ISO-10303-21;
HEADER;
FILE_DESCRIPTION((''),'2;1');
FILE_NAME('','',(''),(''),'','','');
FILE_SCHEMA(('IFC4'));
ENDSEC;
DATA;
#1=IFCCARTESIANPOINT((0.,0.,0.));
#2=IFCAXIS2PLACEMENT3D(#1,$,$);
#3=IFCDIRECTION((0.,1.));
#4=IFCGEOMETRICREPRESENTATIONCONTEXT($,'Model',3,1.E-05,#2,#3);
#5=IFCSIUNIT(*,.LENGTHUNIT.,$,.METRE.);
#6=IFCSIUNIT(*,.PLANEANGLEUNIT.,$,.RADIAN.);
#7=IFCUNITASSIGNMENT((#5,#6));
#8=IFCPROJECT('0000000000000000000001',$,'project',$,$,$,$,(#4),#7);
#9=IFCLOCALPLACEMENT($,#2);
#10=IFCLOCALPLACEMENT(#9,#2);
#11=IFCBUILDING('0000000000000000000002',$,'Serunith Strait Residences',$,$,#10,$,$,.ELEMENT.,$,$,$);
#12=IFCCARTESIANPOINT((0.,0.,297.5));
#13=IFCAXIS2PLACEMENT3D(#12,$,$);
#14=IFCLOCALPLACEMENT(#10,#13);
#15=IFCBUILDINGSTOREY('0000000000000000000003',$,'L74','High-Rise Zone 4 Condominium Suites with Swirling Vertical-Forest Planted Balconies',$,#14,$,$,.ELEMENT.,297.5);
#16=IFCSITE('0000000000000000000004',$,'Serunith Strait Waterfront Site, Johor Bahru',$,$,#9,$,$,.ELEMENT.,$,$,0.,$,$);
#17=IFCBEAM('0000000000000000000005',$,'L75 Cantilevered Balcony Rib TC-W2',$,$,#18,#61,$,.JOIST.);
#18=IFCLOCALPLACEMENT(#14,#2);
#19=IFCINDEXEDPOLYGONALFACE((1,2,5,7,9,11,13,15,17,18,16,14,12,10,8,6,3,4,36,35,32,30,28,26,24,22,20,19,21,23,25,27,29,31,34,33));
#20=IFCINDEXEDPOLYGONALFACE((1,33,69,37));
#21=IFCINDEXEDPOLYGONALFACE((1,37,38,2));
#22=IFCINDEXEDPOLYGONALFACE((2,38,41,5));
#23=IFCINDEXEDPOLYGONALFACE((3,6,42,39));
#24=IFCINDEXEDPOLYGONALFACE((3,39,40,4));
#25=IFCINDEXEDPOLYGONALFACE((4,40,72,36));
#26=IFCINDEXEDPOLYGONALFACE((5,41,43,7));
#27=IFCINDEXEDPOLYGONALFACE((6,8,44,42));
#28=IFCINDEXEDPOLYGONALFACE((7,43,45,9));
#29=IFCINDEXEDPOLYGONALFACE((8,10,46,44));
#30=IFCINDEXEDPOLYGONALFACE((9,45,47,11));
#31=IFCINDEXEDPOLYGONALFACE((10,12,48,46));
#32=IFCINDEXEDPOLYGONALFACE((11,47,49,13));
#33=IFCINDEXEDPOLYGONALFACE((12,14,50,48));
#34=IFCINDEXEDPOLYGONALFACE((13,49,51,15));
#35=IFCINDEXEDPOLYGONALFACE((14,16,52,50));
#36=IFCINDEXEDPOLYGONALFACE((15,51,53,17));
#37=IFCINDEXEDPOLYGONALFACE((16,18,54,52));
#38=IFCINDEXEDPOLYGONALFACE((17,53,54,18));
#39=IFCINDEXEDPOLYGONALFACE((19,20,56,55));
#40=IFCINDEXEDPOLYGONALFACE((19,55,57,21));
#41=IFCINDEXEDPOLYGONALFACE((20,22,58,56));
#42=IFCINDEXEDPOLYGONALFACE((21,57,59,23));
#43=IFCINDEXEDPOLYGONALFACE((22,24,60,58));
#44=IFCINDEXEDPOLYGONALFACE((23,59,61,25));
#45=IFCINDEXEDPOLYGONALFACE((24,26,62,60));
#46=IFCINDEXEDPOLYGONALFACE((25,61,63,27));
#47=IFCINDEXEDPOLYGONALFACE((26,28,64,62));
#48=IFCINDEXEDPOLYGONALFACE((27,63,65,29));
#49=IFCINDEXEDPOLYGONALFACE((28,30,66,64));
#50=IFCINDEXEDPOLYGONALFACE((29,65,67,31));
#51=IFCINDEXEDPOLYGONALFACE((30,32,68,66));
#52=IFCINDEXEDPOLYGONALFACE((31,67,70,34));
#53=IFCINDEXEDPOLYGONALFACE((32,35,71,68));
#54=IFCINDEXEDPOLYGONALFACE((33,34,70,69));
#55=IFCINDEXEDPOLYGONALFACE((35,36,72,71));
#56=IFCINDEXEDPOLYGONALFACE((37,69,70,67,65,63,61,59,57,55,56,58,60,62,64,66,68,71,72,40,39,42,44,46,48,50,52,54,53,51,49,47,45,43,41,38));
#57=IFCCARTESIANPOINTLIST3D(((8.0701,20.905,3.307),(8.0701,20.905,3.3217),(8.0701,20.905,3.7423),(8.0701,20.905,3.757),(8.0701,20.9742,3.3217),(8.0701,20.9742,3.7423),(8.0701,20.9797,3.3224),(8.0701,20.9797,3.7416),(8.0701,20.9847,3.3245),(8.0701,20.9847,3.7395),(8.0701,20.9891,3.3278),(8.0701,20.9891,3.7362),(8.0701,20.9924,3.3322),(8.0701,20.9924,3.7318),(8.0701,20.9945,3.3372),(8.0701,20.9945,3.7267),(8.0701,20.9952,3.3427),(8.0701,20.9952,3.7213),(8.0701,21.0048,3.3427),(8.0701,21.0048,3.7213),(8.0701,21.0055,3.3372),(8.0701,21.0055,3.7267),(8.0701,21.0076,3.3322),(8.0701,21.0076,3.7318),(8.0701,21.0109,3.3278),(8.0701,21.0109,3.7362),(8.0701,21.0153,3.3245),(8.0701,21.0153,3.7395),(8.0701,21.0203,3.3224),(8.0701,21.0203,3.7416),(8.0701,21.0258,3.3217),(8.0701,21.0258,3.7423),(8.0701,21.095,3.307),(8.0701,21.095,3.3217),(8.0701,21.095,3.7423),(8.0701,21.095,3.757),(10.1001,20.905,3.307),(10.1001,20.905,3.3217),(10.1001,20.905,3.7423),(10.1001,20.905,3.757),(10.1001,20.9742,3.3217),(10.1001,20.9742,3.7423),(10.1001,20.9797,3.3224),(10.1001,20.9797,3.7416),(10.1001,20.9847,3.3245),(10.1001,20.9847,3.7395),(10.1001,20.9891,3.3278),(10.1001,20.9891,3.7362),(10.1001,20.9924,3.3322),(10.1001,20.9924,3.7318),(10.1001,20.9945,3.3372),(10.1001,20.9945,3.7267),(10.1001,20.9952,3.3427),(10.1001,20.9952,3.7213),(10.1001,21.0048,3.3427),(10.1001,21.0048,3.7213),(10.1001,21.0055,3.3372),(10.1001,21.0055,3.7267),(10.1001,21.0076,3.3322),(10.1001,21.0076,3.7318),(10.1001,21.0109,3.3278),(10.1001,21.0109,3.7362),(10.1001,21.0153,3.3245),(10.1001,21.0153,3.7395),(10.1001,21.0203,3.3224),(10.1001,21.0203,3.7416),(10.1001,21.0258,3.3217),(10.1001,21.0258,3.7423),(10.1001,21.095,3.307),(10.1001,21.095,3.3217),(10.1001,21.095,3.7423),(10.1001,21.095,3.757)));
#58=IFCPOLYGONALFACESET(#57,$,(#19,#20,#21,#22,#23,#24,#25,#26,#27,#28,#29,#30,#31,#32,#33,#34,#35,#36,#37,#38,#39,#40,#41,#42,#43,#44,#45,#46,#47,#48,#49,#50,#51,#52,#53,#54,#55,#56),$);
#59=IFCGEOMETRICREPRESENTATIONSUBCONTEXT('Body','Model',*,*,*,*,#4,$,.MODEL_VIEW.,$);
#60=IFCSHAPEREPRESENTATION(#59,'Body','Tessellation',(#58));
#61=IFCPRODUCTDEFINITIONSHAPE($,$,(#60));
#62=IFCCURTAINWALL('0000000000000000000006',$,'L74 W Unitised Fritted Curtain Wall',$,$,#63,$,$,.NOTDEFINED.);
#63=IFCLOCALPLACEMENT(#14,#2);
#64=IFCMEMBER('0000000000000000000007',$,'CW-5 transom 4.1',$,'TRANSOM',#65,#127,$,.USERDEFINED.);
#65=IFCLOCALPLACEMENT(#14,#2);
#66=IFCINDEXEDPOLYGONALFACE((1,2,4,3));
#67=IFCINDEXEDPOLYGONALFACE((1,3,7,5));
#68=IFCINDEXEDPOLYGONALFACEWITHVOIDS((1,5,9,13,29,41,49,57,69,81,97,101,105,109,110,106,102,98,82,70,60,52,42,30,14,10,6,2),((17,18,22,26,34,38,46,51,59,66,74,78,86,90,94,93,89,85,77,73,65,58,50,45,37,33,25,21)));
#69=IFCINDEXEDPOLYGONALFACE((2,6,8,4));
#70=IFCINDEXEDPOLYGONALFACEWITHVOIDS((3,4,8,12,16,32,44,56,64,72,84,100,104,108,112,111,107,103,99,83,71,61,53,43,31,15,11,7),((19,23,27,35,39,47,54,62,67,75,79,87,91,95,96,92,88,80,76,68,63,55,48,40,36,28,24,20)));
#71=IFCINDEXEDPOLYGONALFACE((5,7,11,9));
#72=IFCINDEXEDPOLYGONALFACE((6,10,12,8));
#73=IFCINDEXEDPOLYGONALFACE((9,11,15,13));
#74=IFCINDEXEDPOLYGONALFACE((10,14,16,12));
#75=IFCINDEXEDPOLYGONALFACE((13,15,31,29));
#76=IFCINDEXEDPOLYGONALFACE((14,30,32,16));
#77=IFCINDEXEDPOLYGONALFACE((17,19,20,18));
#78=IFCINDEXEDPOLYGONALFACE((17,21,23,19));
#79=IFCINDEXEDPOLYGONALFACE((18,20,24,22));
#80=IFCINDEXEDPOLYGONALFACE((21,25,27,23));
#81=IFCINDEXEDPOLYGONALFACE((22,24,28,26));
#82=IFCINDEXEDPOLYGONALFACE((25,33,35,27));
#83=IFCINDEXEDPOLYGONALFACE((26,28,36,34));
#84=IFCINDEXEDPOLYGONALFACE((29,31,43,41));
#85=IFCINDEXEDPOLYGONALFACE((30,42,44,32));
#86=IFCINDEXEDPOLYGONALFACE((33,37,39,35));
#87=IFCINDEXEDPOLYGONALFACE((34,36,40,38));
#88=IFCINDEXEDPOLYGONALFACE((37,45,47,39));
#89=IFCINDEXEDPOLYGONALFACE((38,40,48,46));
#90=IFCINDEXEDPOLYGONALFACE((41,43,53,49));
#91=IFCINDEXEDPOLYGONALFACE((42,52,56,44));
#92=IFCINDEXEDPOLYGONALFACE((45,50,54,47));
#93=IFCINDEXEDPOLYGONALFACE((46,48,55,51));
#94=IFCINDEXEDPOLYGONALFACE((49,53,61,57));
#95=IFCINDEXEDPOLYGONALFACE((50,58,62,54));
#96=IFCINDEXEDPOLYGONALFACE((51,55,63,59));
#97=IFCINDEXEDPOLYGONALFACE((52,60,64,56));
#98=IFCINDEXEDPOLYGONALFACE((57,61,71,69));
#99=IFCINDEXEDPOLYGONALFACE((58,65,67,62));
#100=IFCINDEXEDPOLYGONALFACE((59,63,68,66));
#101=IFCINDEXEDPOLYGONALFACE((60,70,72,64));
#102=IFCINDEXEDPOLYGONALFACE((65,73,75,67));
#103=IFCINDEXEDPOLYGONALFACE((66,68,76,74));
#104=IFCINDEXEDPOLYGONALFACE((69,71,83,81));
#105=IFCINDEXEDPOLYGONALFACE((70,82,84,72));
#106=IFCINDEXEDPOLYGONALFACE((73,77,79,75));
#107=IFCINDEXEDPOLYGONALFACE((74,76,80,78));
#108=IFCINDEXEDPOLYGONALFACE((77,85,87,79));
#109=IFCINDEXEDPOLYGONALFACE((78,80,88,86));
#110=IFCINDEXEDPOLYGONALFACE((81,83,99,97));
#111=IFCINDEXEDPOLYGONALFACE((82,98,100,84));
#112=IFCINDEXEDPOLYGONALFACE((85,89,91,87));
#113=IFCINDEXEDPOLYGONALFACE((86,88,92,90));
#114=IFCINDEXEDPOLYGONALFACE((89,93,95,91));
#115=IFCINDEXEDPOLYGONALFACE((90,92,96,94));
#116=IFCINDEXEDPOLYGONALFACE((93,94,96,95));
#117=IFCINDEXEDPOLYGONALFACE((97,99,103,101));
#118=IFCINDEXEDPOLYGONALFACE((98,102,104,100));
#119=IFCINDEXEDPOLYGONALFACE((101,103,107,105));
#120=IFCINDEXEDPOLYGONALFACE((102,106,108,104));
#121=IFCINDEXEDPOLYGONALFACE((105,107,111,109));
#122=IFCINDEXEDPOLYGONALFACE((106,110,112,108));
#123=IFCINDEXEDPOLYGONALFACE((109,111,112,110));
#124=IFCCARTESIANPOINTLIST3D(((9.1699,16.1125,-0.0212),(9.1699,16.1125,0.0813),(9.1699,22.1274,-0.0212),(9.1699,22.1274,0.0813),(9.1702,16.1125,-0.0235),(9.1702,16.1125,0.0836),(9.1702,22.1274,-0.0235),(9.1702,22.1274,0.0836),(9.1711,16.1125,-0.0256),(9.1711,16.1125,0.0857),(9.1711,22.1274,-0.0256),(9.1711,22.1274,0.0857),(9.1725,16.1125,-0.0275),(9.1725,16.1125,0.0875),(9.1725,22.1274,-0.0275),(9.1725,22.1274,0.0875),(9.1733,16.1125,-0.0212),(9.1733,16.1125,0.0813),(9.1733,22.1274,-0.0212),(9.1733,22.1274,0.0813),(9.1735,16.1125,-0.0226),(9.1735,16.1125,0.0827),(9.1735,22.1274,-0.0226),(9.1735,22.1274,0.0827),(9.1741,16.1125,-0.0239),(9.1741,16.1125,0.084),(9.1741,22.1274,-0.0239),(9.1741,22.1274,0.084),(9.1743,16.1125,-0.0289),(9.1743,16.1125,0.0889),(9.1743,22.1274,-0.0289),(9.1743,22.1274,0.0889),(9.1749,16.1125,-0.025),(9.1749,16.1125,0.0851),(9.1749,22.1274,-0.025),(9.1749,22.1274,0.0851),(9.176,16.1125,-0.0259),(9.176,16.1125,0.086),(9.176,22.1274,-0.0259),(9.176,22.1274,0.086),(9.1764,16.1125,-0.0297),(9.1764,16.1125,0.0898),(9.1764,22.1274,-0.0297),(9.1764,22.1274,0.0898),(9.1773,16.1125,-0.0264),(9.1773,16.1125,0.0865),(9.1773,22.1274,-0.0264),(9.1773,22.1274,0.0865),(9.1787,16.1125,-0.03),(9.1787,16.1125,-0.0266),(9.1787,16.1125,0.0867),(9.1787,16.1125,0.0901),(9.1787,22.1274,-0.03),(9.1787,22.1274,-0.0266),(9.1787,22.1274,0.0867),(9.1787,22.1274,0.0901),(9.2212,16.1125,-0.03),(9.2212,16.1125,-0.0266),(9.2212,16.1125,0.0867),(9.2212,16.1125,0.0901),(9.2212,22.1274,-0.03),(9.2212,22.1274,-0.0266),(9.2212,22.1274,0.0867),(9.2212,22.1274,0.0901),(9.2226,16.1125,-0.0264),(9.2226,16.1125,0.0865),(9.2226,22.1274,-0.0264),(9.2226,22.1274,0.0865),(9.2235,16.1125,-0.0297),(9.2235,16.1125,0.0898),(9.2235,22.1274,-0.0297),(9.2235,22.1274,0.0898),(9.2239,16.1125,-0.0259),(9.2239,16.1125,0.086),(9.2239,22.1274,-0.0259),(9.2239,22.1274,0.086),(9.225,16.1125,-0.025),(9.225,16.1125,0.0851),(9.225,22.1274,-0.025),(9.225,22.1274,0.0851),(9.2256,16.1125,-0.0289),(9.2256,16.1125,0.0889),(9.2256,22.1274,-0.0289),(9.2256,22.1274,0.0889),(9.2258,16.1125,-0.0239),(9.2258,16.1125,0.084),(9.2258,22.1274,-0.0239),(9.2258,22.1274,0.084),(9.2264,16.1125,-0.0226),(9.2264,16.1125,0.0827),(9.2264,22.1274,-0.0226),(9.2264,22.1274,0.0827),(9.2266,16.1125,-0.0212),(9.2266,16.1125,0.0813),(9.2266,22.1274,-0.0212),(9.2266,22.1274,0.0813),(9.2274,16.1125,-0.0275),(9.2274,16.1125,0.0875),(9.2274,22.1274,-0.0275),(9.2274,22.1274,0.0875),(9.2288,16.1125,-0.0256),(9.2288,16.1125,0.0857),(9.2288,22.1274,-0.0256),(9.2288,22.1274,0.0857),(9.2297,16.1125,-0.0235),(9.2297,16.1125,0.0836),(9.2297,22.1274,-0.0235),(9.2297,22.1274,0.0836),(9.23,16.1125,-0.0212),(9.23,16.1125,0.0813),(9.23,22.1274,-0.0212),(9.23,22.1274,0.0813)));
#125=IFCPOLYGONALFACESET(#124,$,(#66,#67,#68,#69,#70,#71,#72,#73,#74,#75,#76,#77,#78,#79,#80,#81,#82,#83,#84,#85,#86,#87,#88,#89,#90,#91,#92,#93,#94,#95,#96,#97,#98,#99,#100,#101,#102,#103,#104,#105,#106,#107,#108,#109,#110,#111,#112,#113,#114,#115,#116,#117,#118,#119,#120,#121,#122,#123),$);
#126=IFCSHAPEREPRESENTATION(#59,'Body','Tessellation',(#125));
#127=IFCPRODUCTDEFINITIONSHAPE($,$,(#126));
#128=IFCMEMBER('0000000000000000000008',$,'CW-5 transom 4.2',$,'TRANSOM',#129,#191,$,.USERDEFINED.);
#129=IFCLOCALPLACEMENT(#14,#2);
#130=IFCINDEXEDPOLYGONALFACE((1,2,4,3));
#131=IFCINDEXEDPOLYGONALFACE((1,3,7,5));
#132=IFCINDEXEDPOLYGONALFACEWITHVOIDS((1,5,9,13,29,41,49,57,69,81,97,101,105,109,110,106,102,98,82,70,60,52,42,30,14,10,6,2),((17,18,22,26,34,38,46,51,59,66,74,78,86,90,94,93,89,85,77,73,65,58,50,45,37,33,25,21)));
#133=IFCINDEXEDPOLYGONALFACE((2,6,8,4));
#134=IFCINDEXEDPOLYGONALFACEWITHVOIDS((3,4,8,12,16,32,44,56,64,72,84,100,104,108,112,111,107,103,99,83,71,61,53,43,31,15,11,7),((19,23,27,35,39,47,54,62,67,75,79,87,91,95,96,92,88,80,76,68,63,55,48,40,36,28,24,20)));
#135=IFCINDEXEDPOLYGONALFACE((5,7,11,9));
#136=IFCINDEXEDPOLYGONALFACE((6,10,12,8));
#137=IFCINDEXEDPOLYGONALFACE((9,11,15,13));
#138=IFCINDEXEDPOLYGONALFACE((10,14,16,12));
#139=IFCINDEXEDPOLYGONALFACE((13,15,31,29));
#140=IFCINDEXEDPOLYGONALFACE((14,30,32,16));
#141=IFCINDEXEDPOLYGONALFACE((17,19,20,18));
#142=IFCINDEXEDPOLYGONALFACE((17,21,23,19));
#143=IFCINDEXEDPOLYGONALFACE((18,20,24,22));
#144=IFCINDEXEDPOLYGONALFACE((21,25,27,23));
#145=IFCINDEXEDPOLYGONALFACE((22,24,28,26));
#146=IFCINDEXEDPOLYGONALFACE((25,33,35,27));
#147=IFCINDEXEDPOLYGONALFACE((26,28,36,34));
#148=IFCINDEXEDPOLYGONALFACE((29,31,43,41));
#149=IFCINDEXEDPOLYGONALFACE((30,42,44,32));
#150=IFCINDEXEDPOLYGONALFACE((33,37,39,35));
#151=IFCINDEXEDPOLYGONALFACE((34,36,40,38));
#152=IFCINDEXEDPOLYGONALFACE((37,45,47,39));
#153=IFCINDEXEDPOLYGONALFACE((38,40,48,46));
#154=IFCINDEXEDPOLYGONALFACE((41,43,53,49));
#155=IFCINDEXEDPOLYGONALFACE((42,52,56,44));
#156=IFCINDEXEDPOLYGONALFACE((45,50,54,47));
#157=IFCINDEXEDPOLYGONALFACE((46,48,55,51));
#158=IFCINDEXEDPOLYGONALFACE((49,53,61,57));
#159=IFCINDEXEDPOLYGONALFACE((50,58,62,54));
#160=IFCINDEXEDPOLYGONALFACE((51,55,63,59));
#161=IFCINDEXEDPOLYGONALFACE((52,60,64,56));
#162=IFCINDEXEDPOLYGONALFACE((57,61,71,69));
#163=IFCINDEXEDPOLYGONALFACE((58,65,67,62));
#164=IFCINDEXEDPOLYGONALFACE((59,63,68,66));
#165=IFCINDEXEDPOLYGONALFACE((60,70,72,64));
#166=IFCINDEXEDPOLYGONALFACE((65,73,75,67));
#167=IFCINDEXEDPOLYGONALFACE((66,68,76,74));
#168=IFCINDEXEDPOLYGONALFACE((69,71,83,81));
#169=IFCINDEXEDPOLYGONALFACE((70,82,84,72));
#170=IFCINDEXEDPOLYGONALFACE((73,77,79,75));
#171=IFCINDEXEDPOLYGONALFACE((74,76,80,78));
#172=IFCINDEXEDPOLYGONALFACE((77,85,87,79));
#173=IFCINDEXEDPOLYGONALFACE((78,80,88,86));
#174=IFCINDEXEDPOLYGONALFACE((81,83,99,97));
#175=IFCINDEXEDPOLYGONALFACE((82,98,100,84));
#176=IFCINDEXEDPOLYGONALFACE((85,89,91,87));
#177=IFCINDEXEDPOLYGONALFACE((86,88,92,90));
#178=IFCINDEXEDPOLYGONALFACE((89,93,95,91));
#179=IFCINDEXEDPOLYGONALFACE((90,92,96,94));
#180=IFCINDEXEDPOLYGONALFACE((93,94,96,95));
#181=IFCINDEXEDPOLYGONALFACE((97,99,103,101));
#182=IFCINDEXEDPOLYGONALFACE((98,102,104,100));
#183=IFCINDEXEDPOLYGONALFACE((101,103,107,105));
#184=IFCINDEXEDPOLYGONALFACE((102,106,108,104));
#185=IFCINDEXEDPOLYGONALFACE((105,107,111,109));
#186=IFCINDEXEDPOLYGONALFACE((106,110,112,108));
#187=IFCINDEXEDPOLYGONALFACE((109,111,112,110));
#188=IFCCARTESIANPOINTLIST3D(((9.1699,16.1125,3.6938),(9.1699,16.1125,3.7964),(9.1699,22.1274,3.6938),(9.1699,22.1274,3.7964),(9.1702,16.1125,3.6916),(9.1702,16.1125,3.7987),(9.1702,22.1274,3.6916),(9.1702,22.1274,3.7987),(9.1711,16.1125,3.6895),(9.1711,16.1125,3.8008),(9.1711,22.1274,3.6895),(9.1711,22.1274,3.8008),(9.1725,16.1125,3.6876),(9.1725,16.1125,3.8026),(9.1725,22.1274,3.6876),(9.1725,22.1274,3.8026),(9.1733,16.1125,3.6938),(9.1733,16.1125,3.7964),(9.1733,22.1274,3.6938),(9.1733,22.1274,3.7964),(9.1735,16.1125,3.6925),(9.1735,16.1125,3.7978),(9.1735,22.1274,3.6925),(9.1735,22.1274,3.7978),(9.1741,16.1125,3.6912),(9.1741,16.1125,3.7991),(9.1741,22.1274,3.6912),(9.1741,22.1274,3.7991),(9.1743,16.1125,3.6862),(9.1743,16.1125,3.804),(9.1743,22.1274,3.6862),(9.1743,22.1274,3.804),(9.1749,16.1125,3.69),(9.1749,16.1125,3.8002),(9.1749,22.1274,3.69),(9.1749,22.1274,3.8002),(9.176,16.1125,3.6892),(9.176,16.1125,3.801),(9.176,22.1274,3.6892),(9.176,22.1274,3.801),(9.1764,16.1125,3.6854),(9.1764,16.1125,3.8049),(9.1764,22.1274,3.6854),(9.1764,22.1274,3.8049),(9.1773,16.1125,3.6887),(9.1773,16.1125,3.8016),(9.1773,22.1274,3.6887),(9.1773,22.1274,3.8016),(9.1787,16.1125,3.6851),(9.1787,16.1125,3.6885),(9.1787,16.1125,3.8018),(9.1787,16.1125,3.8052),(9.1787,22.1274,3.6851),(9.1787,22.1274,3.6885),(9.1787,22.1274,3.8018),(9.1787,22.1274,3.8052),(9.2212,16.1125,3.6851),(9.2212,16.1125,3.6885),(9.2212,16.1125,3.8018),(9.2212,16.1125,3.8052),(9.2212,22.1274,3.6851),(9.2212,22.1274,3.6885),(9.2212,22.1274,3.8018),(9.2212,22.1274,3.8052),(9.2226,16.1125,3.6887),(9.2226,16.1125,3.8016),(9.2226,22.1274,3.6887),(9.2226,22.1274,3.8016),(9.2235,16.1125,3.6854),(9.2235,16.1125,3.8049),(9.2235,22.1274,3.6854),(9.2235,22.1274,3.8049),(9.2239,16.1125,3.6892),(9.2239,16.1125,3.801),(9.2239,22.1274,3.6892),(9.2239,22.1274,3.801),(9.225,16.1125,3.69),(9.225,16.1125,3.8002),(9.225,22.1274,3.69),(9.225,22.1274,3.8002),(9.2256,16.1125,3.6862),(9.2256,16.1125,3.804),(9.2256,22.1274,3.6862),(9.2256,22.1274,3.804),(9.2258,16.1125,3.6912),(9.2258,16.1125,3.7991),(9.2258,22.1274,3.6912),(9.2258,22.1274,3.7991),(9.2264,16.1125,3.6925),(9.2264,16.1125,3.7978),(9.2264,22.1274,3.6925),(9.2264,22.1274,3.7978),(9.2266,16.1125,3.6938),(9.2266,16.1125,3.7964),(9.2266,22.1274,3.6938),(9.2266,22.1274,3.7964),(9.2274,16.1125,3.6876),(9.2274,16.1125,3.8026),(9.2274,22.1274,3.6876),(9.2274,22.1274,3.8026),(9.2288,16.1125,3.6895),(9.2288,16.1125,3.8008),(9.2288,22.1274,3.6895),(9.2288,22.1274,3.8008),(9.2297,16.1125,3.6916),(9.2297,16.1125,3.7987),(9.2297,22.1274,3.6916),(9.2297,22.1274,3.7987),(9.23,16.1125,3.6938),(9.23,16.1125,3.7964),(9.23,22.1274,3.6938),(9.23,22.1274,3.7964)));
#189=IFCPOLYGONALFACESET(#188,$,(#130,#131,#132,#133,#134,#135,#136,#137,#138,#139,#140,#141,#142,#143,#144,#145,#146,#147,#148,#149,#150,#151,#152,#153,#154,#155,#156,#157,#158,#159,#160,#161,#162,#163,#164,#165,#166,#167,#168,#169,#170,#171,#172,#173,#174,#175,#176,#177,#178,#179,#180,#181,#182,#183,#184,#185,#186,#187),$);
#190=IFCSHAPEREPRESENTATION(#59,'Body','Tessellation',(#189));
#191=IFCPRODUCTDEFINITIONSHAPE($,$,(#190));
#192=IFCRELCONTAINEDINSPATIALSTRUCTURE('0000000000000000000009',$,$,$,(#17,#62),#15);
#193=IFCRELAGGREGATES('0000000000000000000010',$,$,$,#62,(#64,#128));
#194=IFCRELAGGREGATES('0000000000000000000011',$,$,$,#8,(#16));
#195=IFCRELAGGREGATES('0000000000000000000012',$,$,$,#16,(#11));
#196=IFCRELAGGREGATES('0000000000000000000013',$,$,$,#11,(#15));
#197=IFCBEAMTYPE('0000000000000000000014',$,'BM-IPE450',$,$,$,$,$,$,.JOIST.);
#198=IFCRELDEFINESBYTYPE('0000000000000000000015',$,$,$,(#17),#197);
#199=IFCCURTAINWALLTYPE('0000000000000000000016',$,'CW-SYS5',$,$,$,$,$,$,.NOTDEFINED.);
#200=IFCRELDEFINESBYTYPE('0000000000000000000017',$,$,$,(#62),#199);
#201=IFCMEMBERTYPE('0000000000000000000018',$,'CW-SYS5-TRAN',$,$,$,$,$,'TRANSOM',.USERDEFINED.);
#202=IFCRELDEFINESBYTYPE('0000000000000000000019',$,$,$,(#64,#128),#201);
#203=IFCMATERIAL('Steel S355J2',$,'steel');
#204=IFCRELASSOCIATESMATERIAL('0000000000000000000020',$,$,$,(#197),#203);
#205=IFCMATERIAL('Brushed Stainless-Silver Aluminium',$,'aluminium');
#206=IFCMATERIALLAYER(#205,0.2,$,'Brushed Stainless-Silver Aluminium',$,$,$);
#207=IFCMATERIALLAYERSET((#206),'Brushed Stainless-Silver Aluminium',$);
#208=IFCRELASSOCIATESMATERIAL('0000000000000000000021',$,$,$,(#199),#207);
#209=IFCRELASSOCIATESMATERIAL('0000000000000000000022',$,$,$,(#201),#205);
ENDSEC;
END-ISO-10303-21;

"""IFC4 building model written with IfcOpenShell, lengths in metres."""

from ifc_helpers import new_model, si_unit, direction, frame, origin, origin_2d, place, context, subcontext, project, spatial, hollow_rectangle, i_section, extrude, source, transform, mapped, material, layer, layer_set, material_profile, profile_set, type_object, element, aggregate, save


model = new_model("IFC4")

# Units and contexts
model_context = context("Model", 3, precision=1e-05, world=origin(), true_north=direction((0.0, 1.0)))
body_context = subcontext(model_context, "Body", "Model", "MODEL_VIEW")
ifc_project = project(units=[si_unit("LENGTHUNIT", "METRE"), si_unit("PLANEANGLEUNIT", "RADIAN")], contexts=[model_context])

# Site, building, storey
site_placement = place(None, origin())
site = spatial("IfcSite", under=ifc_project, at=site_placement, Name="Serunith Strait Waterfront Site, Johor Bahru", CompositionType="ELEMENT", RefElevation=0.0)
building_placement = place(site_placement, origin())
building = spatial("IfcBuilding", under=site, at=building_placement, Name="Serunith Strait Residences", CompositionType="ELEMENT")
storey_placement = place(building_placement, frame((0.0, 0.0, 297.5)))
storey = spatial("IfcBuildingStorey", under=building, at=storey_placement, Name="L74", Description="High-Rise Zone 4 Condominium Suites with Swirling Vertical-Forest Planted Balconies", CompositionType="ELEMENT", Elevation=297.5)

# Beam
ifc_material_1 = material(Name="Steel S355J2", Category="steel")
ifc_material_profile_1 = material_profile(ifc_material_1, i_section(OverallWidth=0.1899, OverallDepth=0.45, WebThickness=0.0095, FlangeThickness=0.0146, FilletRadius=0.021, at=origin_2d()), Name="IPE 450")
ifc_profile_set_1 = profile_set([ifc_material_profile_1], Name="Steel S355J2")
beam_type_1 = type_object("IfcBeamType", Name="BM-IPE450", PredefinedType="JOIST", material=ifc_profile_set_1)
shared_shape_1 = source(origin(), body_context, "Body", "SweptSolid", [
    extrude(i_section(OverallWidth=0.1899, OverallDepth=0.45, WebThickness=0.0095, FlangeThickness=0.0146, FilletRadius=0.021, at=origin_2d()), origin(), (0.0, 0.0, 1.0), 2.03),
])
for number, where, z_axis, x_axis, name in (
    (1, (10.1001, 21.0, 3.532), (-1.0, 0.0, 0.0), (0.0, -1.0, 0.0), "L75 Cantilevered Balcony Rib TC-W2"),
):
    element("IfcBeam", number, at=place(storey_placement, frame(where, z_axis=z_axis, x_axis=x_axis)), inside=storey, type_object=beam_type_1, Name=name, PredefinedType="JOIST", context=body_context, shape_type="MappedRepresentation", body=[
        mapped(shared_shape_1, transform((0.0, 0.0, 0.0), scale=1.0)),
    ])

# Curtain wall, members
ifc_material_2 = material(Name="Brushed Stainless-Silver Aluminium", Category="aluminium")
ifc_layer_1 = layer(ifc_material_2, 0.2, Name="Brushed Stainless-Silver Aluminium")
ifc_layer_set_1 = layer_set([ifc_layer_1], Name="Brushed Stainless-Silver Aluminium")
curtain_wall_type = type_object("IfcCurtainWallType", Name="CW-SYS5", PredefinedType="NOTDEFINED", material=ifc_layer_set_1)
curtain_wall_placement = place(storey_placement, origin())
curtain_wall = element("IfcCurtainWall", 2, at=curtain_wall_placement, inside=storey, type_object=curtain_wall_type, Name="L74 W Unitised Fritted Curtain Wall", PredefinedType="NOTDEFINED")
ifc_material_profile_2 = material_profile(ifc_material_2, hollow_rectangle(XDim=0.0601, YDim=0.1201, WallThickness=0.0034, InnerFilletRadius=0.0054, OuterFilletRadius=0.0088, at=origin_2d()), Name="ALU 120x60x3.5")
ifc_profile_set_2 = profile_set([ifc_material_profile_2], Name="Brushed Stainless-Silver Aluminium")
member_type_1 = type_object("IfcMemberType", Name="CW-SYS5-TRAN", ElementType="TRANSOM", PredefinedType="USERDEFINED", material=ifc_profile_set_2)
shared_shape_2 = source(origin(), body_context, "Body", "SweptSolid", [
    extrude(hollow_rectangle(XDim=0.0601, YDim=0.1201, WallThickness=0.0034, InnerFilletRadius=0.0054, OuterFilletRadius=0.0088, at=origin_2d()), origin(), (0.0, 0.0, 1.0), 6.0149),
])
member_1_placement = place(storey_placement, frame((9.2, 22.1274, 0.03), z_axis=(0.0, -1.0, 0.0), x_axis=(1.0, 0.0, 0.0)))
member_1 = element("IfcMember", 3, at=member_1_placement, type_object=member_type_1, Name="CW-5 transom 4.1", ObjectType="TRANSOM", PredefinedType="USERDEFINED", context=body_context, shape_type="MappedRepresentation", body=[
    mapped(shared_shape_2, transform((0.0, 0.0, 0.0), scale=1.0)),
])
member_2_placement = place(storey_placement, frame((9.2, 22.1274, 3.7451), z_axis=(0.0, -1.0, 0.0), x_axis=(1.0, 0.0, 0.0)))
member_2 = element("IfcMember", 4, at=member_2_placement, type_object=member_type_1, Name="CW-5 transom 4.2", ObjectType="TRANSOM", PredefinedType="USERDEFINED", context=body_context, shape_type="MappedRepresentation", body=[
    mapped(shared_shape_2, transform((0.0, 0.0, 0.0), scale=1.0)),
])
aggregate(curtain_wall, [member_1, member_2])

save(model, "model.ifc")
